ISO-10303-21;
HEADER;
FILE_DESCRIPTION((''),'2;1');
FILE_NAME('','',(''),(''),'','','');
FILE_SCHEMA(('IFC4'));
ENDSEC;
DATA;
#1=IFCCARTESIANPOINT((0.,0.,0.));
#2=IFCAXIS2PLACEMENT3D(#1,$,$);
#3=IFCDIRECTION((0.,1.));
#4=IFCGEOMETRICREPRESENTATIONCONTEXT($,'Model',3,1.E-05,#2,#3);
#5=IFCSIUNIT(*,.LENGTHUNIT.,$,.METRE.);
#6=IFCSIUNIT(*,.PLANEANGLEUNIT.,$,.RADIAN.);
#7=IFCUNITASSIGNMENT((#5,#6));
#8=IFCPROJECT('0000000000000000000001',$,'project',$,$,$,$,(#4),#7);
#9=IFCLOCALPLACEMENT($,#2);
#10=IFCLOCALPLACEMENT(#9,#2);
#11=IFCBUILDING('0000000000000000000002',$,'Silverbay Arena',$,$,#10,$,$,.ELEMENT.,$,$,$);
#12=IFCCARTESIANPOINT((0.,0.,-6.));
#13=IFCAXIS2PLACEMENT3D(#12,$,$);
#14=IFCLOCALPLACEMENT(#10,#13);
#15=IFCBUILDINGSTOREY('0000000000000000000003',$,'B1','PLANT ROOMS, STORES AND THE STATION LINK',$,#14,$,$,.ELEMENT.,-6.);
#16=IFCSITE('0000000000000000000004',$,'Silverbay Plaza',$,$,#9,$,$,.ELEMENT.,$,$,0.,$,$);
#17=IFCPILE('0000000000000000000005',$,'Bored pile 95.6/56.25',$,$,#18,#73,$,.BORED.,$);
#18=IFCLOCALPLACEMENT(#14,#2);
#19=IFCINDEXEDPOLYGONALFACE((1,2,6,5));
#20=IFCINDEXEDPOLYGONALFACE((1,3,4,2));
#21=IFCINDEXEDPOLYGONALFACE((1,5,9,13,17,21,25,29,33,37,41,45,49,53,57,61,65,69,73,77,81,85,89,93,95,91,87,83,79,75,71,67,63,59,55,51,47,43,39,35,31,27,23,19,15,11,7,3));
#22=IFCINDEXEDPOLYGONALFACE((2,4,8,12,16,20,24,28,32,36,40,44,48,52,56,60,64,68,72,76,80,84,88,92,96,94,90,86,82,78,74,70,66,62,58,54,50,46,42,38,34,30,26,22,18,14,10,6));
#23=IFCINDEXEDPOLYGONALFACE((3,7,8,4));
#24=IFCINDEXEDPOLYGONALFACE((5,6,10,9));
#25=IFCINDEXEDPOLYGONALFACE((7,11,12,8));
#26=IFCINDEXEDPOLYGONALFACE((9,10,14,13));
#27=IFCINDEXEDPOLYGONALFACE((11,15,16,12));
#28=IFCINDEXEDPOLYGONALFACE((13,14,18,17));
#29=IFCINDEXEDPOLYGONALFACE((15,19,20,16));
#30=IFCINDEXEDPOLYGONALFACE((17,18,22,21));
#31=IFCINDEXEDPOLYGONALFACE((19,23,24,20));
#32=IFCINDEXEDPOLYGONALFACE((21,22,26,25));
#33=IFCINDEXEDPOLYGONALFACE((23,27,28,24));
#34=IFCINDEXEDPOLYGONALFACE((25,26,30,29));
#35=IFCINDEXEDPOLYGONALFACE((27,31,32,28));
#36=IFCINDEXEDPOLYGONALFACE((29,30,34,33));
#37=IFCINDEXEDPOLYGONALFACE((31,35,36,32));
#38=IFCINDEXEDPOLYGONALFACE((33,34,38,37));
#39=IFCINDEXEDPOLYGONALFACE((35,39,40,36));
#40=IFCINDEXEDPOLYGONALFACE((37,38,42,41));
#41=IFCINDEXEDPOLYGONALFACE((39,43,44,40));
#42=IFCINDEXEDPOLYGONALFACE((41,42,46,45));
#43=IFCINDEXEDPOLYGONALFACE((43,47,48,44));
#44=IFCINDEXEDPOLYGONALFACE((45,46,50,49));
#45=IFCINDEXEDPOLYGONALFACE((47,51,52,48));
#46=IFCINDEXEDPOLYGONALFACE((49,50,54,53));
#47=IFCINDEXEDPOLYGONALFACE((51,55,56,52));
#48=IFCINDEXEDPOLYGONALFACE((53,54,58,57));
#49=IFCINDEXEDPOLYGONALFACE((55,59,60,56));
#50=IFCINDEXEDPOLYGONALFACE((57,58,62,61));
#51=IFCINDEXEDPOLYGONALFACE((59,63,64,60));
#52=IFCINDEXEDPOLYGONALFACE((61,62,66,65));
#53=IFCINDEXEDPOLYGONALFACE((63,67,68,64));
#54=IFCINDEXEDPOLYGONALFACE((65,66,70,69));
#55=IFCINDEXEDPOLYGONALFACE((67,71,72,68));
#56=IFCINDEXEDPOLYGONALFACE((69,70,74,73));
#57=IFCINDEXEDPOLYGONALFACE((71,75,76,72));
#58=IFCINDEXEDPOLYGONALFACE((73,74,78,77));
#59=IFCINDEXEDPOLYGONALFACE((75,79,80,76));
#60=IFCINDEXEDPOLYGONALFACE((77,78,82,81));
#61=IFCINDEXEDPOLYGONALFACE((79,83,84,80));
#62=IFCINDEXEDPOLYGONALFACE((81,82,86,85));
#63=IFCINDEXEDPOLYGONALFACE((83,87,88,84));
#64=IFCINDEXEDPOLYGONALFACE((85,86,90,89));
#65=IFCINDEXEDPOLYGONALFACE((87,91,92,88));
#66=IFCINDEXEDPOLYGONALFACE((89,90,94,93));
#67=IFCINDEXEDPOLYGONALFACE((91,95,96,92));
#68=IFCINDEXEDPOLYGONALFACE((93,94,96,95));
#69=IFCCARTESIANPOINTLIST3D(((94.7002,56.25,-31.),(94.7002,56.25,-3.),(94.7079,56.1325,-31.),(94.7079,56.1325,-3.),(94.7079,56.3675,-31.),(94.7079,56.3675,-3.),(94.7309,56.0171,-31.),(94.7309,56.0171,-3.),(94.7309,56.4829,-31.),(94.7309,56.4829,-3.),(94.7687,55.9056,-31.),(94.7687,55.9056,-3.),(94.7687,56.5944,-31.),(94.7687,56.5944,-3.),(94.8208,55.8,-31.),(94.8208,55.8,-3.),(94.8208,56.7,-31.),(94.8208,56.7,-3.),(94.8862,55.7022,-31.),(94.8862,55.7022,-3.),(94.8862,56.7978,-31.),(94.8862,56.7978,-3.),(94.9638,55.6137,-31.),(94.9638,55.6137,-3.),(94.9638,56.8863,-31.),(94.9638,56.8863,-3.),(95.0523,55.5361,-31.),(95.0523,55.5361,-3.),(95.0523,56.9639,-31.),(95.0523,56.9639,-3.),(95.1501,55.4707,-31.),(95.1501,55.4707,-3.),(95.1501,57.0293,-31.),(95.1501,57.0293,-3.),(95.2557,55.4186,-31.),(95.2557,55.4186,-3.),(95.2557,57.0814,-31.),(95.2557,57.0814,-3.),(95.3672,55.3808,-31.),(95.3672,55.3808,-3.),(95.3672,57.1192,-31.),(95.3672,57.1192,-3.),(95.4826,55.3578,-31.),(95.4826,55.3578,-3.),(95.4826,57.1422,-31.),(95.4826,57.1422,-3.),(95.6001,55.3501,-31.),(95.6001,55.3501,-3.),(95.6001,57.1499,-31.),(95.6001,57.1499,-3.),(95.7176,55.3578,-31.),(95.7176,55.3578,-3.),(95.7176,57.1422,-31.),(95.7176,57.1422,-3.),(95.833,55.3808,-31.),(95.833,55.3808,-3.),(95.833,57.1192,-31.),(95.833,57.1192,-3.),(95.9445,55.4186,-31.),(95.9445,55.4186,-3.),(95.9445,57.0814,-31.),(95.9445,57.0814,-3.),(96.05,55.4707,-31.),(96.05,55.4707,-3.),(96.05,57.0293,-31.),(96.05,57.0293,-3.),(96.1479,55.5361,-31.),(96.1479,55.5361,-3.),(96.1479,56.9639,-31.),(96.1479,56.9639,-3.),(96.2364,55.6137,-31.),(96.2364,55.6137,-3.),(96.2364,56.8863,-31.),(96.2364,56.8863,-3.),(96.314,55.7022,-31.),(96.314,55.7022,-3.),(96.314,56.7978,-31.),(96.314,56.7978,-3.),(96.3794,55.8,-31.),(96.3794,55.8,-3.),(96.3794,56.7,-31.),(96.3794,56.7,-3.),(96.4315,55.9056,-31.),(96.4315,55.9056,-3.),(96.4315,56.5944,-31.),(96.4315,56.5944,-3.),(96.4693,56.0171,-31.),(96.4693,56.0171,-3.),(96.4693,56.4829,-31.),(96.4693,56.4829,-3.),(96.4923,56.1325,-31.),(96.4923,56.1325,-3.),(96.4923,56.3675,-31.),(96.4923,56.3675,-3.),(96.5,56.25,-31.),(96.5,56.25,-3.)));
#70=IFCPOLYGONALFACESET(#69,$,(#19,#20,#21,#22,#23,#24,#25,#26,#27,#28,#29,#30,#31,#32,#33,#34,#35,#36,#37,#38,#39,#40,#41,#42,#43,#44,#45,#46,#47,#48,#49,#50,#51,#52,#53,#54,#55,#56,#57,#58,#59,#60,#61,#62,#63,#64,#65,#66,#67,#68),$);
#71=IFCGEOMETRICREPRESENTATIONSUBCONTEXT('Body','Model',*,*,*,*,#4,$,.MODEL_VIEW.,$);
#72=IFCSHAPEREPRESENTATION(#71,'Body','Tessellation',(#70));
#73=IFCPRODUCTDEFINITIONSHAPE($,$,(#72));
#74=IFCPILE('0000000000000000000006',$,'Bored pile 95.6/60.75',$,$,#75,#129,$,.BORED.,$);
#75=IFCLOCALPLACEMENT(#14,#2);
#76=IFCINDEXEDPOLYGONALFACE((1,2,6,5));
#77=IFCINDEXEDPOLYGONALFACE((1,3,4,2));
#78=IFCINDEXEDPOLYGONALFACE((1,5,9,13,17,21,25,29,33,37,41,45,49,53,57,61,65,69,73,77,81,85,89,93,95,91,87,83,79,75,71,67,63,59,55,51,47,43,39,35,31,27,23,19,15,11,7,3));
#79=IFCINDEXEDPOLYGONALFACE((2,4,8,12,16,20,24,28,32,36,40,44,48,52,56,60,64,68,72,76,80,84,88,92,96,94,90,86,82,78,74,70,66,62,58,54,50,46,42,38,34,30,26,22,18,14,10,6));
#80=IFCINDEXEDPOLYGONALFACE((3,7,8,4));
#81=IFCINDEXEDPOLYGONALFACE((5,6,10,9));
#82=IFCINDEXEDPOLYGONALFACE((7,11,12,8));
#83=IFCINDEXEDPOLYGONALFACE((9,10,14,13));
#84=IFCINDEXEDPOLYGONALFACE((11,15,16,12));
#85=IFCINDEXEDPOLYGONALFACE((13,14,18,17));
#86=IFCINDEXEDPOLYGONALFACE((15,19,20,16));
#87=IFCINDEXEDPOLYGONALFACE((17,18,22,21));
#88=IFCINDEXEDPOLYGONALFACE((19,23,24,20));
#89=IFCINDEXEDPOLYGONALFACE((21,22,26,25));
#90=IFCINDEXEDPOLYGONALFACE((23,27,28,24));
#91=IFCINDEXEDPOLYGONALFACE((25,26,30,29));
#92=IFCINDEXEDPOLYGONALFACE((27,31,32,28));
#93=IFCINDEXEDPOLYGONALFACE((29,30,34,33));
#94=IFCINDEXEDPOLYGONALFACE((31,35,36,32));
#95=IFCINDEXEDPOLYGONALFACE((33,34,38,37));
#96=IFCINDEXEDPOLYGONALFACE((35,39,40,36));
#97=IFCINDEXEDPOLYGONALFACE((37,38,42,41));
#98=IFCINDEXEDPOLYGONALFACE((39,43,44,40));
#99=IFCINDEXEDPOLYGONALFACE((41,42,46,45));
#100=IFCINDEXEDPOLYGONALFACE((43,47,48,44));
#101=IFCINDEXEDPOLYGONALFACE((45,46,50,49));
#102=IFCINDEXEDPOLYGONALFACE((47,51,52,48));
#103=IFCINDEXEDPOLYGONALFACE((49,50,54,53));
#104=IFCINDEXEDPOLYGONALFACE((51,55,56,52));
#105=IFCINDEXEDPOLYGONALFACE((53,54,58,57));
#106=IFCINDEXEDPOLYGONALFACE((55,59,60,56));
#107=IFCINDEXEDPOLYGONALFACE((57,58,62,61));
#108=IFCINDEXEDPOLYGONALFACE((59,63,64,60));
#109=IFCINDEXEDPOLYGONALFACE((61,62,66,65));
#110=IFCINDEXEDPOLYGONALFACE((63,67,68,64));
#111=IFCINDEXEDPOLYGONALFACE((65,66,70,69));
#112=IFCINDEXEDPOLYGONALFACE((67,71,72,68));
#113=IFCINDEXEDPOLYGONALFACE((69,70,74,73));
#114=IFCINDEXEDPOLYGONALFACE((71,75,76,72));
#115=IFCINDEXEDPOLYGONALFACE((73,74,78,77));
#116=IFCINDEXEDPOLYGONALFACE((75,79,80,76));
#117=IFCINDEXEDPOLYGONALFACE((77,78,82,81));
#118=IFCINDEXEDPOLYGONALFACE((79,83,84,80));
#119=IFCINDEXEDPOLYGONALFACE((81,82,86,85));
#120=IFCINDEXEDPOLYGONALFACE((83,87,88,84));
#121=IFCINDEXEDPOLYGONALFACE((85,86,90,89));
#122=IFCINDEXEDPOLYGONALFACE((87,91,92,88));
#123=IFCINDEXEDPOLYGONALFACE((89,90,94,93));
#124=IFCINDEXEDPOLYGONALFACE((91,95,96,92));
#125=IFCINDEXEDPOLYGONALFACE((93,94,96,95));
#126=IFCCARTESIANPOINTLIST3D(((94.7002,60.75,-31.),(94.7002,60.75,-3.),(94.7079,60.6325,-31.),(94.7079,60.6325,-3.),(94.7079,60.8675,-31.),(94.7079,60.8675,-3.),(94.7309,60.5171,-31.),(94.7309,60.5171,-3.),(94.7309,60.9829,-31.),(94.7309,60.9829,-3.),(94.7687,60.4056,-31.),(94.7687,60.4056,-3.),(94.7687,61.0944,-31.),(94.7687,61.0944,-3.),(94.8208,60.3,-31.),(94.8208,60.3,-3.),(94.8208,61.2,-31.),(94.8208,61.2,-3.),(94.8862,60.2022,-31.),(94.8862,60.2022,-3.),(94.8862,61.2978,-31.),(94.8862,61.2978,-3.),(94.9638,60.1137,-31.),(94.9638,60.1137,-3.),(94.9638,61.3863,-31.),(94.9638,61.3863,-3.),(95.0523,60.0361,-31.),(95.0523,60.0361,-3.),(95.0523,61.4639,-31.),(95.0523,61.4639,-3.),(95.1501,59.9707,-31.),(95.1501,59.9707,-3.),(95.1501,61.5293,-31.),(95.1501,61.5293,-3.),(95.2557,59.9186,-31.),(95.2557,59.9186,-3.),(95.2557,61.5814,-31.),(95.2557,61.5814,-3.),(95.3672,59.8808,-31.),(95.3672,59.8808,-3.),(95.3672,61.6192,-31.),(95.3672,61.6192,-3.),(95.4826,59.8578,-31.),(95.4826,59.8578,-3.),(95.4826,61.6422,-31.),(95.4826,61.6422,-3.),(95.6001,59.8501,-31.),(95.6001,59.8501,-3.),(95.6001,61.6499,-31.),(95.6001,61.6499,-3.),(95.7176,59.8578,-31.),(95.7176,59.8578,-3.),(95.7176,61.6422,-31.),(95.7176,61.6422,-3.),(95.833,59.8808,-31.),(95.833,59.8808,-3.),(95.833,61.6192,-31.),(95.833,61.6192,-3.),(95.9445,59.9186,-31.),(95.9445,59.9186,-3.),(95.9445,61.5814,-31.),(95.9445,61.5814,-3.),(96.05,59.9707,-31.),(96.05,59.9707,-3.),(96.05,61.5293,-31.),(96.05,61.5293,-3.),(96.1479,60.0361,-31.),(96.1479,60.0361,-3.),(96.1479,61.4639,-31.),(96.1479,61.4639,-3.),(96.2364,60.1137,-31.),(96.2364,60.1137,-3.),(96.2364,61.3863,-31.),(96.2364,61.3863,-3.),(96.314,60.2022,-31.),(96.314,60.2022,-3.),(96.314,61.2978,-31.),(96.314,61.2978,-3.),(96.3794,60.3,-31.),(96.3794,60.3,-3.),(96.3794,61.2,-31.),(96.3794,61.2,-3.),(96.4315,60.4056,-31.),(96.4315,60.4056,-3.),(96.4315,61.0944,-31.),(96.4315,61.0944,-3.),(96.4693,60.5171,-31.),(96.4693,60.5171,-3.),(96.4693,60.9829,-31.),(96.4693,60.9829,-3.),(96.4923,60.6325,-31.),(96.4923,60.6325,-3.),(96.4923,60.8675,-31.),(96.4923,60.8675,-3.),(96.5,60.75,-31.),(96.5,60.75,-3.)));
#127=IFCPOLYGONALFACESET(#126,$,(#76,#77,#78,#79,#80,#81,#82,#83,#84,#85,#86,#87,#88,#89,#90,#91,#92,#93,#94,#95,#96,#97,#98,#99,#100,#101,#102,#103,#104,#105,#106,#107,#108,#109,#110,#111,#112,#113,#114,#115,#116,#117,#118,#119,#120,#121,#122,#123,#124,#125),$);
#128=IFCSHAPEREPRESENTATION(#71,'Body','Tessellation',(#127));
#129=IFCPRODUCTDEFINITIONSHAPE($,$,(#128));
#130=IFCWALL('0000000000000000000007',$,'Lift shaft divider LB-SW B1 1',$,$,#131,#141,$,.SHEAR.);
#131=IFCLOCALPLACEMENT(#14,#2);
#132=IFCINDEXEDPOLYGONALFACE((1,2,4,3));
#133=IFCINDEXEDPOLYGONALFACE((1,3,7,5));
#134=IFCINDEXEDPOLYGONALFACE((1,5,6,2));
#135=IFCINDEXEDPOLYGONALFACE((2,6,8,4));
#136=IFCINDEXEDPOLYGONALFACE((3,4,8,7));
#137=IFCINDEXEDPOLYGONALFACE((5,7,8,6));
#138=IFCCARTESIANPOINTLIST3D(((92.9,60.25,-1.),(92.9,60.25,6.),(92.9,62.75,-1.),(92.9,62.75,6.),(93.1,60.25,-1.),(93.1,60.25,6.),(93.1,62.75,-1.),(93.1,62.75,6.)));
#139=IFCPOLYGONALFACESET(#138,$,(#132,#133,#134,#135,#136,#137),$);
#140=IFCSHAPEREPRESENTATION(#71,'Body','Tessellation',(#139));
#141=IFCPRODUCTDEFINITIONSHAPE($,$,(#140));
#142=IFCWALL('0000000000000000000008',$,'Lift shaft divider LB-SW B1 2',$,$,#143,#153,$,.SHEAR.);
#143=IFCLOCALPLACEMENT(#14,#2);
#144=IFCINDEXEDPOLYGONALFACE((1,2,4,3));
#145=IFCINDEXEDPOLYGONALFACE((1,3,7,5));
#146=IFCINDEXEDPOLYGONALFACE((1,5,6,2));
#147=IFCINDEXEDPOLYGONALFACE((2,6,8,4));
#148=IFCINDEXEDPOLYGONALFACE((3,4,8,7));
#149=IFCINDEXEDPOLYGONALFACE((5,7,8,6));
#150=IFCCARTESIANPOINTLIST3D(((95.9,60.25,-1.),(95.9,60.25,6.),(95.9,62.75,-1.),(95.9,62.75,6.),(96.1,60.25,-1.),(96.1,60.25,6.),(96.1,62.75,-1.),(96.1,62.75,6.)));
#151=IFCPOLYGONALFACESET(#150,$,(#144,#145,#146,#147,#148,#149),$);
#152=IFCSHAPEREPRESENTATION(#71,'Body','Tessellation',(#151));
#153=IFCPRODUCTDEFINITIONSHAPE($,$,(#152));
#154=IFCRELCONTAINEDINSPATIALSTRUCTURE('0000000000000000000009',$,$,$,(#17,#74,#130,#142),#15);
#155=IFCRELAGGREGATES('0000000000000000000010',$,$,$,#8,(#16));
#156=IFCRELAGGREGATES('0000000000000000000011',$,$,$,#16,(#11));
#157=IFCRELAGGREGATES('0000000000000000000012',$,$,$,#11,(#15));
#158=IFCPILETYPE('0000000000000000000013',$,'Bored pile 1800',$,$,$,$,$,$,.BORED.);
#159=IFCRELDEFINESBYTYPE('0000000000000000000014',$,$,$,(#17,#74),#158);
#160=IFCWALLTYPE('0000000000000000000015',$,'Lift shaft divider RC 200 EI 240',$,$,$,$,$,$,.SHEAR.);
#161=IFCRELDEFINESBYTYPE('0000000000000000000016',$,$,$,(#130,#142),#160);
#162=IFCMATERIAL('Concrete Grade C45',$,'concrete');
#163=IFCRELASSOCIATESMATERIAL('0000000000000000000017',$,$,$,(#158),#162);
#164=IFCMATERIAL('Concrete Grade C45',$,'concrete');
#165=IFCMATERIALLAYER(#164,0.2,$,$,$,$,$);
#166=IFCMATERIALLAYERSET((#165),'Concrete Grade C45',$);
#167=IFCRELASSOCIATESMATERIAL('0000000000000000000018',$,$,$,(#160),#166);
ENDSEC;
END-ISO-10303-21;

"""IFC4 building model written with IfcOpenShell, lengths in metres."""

from ifc_helpers import new_model, si_unit, direction, frame, frame_2d, origin, origin_2d, place, context, subcontext, project, spatial, rectangle, circle, extrude, material, layer, layer_set, material_profile, profile_set, type_object, element, save


model = new_model("IFC4")

# Units and contexts
model_context = context("Model", 3, precision=1e-05, world=origin(), true_north=direction((0.0, 1.0)))
body_context = subcontext(model_context, "Body", "Model", "MODEL_VIEW")
ifc_project = project(units=[si_unit("LENGTHUNIT", "METRE"), si_unit("PLANEANGLEUNIT", "RADIAN")], contexts=[model_context])

# Site, building, storey
site_placement = place(None, origin())
site = spatial("IfcSite", under=ifc_project, at=site_placement, Name="Silverbay Plaza", CompositionType="ELEMENT", RefElevation=0.0)
building_placement = place(site_placement, origin())
building = spatial("IfcBuilding", under=site, at=building_placement, Name="Silverbay Arena", CompositionType="ELEMENT")
storey_placement = place(building_placement, frame((0.0, 0.0, -6.0)))
storey = spatial("IfcBuildingStorey", under=building, at=storey_placement, Name="B1", Description="PLANT ROOMS, STORES AND THE STATION LINK", CompositionType="ELEMENT", Elevation=-6.0)

# Piles
ifc_material_1 = material(Name="Concrete Grade C45", Category="concrete")
ifc_material_profile_1 = material_profile(ifc_material_1, circle(Radius=0.8999, at=origin_2d()), Name="Bored pile 1800")
ifc_profile_set_1 = profile_set([ifc_material_profile_1], Name="Concrete Grade C45")
pile_type_1 = type_object("IfcPileType", Name="Bored pile 1800", PredefinedType="BORED", material=ifc_profile_set_1)
for number, where, z_axis, x_axis, name in (
    (1, (95.6001, 56.25, -3.0), (0.0, 0.0, -1.0), (1.0, 0.0, 0.0), "Bored pile 95.6/56.25"),
    (2, (95.6001, 60.75, -3.0), (0.0, 0.0, -1.0), (1.0, 0.0, 0.0), "Bored pile 95.6/60.75"),
):
    element("IfcPile", number, at=place(storey_placement, frame(where, z_axis=z_axis, x_axis=x_axis)), inside=storey, type_object=pile_type_1, Name=name, PredefinedType="BORED", context=body_context, shape_type="SweptSolid", body=[
        extrude(circle(Radius=0.8999, at=origin_2d()), origin(), (0.0, 0.0, 1.0), 28.0),
    ])

# Walls
ifc_material_2 = material(Name="Concrete Grade C45", Category="concrete")
ifc_layer_1 = layer(ifc_material_2, 0.2)
ifc_layer_set_1 = layer_set([ifc_layer_1], Name="Concrete Grade C45")
wall_type_1 = type_object("IfcWallType", Name="Lift shaft divider RC 200 EI 240", PredefinedType="SHEAR", material=ifc_layer_set_1)
for number, where, z_axis, x_axis, name in (
    (3, (93.0, 60.25, -1.0), (0.0, 0.0, 1.0), (0.0, 1.0, 0.0), "Lift shaft divider LB-SW B1 1"),
    (4, (96.0, 60.25, -1.0), (0.0, 0.0, 1.0), (0.0, 1.0, 0.0), "Lift shaft divider LB-SW B1 2"),
):
    element("IfcWall", number, at=place(storey_placement, frame(where, z_axis=z_axis, x_axis=x_axis)), inside=storey, type_object=wall_type_1, Name=name, PredefinedType="SHEAR", context=body_context, shape_type="SweptSolid", body=[
        extrude(rectangle(XDim=2.5, YDim=0.2, at=frame_2d((1.25, 0.0))), origin(), (0.0, 0.0, 1.0), 7.0),
    ])

save(model, "model.ifc")
